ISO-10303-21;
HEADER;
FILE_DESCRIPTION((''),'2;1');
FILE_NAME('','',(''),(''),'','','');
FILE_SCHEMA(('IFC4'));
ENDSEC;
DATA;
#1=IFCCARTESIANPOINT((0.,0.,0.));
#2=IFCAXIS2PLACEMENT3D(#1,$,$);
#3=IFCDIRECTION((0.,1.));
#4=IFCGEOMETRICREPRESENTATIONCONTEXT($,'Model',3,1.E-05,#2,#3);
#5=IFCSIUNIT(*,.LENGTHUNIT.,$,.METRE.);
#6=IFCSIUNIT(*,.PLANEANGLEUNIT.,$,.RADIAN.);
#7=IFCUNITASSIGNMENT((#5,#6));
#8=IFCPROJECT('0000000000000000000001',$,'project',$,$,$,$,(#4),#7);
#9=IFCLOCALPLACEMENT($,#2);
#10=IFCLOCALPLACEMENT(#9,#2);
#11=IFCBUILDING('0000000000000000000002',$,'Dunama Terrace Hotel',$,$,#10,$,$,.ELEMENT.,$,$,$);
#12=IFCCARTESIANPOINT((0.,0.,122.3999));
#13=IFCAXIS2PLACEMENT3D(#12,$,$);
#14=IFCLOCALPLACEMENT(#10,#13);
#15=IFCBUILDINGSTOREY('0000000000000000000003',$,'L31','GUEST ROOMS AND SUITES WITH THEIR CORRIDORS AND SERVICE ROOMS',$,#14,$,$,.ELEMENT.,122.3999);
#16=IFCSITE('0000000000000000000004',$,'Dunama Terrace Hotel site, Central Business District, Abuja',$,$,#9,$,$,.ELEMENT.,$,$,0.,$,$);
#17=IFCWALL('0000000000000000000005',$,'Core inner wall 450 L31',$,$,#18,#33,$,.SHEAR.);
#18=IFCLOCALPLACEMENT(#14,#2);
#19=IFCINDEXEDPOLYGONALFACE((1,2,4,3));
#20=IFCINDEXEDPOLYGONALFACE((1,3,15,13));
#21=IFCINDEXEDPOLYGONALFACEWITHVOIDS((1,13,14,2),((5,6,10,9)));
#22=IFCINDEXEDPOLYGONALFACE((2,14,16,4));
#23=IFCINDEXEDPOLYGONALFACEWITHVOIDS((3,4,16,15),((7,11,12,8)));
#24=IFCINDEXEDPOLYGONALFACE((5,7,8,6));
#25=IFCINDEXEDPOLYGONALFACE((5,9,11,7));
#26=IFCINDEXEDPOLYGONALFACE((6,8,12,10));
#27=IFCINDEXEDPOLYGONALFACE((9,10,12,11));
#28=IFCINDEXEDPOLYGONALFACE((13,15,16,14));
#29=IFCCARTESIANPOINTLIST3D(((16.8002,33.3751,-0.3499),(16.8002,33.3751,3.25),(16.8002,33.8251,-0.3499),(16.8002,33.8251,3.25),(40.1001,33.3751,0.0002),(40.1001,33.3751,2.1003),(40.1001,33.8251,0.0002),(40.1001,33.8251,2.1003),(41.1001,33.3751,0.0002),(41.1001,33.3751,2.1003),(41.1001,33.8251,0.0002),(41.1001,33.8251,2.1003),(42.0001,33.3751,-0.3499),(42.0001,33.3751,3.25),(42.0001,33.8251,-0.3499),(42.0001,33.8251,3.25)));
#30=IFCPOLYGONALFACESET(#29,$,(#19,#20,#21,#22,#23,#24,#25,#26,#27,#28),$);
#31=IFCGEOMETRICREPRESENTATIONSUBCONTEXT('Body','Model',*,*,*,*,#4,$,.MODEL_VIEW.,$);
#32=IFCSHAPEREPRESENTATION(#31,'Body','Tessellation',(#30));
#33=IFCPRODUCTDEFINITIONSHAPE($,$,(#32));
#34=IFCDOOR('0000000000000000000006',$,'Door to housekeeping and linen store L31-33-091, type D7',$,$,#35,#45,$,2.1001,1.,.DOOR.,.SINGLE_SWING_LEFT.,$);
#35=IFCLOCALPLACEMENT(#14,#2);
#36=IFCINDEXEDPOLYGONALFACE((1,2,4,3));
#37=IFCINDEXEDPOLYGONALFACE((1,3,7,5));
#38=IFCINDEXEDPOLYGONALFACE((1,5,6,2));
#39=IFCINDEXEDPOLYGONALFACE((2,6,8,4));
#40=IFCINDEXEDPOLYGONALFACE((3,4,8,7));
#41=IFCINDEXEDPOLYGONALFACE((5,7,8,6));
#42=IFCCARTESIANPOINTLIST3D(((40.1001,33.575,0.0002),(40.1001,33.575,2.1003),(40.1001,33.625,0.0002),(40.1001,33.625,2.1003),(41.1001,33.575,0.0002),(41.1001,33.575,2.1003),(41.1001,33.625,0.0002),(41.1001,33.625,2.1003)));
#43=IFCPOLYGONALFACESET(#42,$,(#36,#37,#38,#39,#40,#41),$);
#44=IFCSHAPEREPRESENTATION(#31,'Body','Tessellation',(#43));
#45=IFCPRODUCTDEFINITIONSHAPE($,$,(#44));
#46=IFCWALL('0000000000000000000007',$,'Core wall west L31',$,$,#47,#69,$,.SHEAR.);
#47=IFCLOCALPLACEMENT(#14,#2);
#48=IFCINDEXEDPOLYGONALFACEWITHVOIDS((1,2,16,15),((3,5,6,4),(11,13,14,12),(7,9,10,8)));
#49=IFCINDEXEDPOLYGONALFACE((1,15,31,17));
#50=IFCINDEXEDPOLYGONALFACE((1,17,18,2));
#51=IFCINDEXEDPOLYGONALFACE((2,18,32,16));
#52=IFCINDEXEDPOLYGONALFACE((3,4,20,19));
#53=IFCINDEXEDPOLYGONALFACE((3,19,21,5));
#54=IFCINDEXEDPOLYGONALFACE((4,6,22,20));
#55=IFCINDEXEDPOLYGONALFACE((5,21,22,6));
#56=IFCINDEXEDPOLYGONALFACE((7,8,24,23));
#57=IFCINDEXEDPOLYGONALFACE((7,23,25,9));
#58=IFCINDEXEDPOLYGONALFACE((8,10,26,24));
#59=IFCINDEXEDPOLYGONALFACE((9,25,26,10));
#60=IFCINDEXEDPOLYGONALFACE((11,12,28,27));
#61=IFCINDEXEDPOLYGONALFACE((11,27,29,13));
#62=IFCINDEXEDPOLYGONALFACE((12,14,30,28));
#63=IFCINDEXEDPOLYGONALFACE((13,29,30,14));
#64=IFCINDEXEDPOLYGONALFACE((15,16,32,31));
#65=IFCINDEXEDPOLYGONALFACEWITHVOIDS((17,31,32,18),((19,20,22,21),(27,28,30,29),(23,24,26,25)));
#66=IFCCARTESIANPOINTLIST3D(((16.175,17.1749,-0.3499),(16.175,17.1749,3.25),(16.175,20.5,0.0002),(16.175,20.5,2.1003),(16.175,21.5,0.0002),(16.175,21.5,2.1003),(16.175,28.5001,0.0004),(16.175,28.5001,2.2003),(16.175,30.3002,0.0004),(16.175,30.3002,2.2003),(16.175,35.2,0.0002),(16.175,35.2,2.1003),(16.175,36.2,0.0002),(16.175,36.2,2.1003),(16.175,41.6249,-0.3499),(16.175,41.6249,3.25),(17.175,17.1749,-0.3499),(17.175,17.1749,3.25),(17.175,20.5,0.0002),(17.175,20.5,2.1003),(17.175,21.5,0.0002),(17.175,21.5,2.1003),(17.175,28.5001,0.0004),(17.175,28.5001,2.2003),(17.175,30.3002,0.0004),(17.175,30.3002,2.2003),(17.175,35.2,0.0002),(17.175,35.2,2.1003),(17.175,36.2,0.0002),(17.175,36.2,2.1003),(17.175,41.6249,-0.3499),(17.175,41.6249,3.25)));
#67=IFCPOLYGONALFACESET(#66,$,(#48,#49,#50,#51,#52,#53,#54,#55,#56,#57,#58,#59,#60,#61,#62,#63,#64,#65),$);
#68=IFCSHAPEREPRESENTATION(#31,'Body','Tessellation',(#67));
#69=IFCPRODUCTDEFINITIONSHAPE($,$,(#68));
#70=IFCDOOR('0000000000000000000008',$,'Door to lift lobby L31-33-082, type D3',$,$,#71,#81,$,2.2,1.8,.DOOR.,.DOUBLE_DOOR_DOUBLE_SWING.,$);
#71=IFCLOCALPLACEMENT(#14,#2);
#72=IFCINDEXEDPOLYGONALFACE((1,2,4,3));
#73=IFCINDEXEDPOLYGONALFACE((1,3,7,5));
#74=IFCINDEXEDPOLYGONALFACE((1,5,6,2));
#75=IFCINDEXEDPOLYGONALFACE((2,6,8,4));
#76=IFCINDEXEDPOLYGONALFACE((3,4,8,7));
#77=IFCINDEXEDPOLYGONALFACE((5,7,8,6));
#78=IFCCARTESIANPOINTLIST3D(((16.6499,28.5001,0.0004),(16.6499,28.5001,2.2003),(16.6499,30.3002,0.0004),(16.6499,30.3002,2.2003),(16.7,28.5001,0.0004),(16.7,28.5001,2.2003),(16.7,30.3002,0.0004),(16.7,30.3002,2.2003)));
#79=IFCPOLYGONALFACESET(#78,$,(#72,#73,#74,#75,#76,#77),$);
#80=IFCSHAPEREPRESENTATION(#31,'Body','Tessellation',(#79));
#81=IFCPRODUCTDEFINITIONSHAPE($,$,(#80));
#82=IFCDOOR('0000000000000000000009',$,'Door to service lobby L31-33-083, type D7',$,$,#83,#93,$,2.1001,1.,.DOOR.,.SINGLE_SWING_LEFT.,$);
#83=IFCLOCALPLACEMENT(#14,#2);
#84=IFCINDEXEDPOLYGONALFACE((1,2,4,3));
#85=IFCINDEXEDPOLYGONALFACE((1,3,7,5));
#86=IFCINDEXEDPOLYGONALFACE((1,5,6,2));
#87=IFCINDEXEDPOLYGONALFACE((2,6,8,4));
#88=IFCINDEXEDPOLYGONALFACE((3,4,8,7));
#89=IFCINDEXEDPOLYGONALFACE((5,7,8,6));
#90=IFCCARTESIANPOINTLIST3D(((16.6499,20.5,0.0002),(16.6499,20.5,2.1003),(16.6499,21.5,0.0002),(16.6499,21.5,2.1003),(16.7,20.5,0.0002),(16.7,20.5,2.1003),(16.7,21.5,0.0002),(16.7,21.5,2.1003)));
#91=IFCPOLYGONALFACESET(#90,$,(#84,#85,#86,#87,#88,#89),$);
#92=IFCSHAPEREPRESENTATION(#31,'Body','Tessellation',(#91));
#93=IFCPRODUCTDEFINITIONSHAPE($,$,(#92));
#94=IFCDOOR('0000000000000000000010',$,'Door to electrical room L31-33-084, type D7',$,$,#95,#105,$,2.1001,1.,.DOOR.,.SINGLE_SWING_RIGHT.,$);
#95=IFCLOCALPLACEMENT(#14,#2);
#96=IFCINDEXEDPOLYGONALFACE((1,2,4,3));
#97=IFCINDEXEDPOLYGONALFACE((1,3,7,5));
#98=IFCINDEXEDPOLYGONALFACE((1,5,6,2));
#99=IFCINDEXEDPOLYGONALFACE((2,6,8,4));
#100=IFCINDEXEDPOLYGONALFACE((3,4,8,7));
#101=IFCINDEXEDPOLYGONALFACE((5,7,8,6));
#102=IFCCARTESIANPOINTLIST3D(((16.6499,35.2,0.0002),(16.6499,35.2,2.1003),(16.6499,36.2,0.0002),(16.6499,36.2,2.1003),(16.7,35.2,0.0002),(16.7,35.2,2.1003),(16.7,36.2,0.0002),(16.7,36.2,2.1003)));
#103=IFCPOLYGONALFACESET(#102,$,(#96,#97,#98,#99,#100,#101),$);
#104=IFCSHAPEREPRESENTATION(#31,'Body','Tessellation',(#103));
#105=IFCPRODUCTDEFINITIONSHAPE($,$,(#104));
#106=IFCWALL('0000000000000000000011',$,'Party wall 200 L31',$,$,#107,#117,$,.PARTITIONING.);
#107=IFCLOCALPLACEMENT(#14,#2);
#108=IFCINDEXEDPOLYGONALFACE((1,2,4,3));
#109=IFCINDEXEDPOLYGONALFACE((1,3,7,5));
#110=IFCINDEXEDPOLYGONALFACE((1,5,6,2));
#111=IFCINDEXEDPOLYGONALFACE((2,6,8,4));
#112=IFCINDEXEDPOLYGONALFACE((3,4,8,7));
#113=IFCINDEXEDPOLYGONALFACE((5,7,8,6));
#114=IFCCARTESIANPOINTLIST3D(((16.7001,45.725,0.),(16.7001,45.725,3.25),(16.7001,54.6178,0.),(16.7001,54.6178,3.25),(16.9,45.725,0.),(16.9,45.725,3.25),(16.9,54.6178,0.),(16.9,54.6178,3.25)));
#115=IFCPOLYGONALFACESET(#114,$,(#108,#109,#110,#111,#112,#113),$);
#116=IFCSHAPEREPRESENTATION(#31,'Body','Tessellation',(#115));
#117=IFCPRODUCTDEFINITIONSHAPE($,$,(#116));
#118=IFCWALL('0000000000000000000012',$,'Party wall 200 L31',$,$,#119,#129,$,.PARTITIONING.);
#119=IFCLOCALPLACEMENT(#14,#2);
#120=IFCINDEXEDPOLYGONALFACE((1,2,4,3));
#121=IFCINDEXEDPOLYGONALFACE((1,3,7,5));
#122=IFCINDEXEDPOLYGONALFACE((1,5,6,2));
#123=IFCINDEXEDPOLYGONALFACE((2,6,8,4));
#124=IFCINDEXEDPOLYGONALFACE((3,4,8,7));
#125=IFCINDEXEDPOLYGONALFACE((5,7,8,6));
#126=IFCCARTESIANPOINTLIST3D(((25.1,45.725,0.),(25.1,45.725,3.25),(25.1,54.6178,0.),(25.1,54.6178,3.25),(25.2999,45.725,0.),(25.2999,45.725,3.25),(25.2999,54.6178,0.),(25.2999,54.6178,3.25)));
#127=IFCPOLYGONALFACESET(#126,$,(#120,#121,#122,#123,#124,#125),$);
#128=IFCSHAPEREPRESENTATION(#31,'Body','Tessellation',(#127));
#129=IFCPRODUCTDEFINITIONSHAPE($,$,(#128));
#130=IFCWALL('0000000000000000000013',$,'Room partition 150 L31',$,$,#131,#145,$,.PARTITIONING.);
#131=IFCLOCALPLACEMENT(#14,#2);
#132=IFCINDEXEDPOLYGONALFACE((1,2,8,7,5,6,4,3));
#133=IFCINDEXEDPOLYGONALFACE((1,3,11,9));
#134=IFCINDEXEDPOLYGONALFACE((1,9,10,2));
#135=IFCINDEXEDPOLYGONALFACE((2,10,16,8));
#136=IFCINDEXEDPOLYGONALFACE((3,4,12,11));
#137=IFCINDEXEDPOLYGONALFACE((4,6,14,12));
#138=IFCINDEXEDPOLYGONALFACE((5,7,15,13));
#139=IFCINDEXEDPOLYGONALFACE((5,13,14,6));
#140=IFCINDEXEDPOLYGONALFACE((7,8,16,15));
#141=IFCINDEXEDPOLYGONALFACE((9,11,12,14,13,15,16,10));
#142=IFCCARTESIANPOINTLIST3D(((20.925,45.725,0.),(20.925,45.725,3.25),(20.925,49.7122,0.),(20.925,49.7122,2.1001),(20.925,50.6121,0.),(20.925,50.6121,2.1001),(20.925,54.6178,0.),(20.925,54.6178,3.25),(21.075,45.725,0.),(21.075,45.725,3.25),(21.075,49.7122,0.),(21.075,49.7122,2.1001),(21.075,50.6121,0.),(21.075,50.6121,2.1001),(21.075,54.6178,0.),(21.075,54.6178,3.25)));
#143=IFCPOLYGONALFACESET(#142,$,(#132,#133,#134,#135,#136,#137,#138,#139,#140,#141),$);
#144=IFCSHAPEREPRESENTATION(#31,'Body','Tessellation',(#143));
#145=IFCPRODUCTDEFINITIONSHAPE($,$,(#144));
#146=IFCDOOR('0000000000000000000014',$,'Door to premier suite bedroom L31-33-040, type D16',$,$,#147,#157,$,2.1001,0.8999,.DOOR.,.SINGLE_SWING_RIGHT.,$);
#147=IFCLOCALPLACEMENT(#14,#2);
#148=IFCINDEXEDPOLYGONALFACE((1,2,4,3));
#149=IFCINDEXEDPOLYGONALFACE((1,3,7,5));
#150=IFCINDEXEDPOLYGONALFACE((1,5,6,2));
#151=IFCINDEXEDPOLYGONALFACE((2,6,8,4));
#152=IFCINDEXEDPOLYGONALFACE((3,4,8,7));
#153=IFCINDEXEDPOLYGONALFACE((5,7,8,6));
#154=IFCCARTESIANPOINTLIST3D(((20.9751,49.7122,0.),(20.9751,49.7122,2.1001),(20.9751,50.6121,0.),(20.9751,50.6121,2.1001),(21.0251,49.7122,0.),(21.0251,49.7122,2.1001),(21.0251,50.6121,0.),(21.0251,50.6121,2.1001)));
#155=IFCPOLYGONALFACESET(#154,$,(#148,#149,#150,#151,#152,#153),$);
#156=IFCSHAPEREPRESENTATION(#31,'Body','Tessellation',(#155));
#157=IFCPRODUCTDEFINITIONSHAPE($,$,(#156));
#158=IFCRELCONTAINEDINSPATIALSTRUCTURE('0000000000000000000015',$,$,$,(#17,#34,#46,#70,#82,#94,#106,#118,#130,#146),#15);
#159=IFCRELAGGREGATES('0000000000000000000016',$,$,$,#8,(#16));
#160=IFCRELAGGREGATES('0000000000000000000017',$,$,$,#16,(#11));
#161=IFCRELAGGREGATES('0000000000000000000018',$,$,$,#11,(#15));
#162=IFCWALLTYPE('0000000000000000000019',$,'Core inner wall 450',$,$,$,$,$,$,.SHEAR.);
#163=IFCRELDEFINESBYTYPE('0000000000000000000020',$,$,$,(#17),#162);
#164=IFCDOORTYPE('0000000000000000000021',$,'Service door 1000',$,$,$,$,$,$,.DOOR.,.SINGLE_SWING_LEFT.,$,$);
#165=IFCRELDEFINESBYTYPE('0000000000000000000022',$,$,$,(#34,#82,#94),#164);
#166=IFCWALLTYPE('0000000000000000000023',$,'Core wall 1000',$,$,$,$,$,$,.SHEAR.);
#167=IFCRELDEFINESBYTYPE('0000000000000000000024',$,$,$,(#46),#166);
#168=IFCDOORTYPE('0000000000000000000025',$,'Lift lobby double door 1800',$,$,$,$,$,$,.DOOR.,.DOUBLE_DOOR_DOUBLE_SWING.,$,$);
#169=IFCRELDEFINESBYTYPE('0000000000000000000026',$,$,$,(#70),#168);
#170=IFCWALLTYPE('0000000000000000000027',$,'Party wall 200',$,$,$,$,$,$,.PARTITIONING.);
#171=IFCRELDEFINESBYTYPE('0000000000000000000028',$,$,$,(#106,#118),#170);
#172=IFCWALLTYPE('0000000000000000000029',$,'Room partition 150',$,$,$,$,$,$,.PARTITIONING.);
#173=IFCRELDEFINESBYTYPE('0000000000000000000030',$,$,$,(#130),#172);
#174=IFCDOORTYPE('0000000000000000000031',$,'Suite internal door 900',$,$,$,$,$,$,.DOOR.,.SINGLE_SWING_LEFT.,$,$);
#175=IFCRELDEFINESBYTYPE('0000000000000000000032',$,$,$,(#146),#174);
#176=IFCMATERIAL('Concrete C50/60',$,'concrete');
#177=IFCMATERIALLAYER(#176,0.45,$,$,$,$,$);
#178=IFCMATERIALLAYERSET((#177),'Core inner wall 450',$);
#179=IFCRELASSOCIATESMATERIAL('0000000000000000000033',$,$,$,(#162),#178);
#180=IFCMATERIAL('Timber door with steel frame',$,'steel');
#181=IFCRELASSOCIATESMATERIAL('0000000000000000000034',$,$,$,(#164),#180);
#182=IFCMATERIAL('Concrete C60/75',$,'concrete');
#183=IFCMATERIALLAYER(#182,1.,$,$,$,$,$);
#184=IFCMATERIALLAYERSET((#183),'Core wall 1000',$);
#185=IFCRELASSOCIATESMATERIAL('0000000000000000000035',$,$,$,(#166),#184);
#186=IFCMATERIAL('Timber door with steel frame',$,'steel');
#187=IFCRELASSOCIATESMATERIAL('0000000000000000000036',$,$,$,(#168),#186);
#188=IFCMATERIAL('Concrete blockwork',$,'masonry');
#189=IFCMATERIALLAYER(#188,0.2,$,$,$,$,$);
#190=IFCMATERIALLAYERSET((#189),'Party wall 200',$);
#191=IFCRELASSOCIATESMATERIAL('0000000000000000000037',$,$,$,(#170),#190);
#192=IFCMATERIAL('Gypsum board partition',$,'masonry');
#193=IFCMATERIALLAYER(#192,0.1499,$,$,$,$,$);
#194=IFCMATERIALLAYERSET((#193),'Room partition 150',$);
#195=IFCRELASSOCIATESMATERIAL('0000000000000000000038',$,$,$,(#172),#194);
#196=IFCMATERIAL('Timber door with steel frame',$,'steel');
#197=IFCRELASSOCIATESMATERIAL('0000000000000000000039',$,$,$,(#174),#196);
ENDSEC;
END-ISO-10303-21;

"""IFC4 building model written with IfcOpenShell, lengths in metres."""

from ifc_helpers import new_model, si_unit, direction, frame, frame_2d, origin, place, context, subcontext, project, spatial, rectangle, extrude, material, layer, layer_set, type_object, element, fill, save


model = new_model("IFC4")

# Units and contexts
model_context = context("Model", 3, precision=1e-05, world=origin(), true_north=direction((0.0, 1.0)))
body_context = subcontext(model_context, "Body", "Model", "MODEL_VIEW")
ifc_project = project(units=[si_unit("LENGTHUNIT", "METRE"), si_unit("PLANEANGLEUNIT", "RADIAN")], contexts=[model_context])

# Site, building, storey
site_placement = place(None, origin())
site = spatial("IfcSite", under=ifc_project, at=site_placement, Name="Dunama Terrace Hotel site, Central Business District, Abuja", CompositionType="ELEMENT", RefElevation=0.0)
building_placement = place(site_placement, origin())
building = spatial("IfcBuilding", under=site, at=building_placement, Name="Dunama Terrace Hotel", CompositionType="ELEMENT")
storey_placement = place(building_placement, frame((0.0, 0.0, 122.3999)))
storey = spatial("IfcBuildingStorey", under=building, at=storey_placement, Name="L31", Description="GUEST ROOMS AND SUITES WITH THEIR CORRIDORS AND SERVICE ROOMS", CompositionType="ELEMENT", Elevation=122.3999)

# Shared definitions
ifc_material_1 = material(Name="Concrete C50/60", Category="concrete")
ifc_layer_1 = layer(ifc_material_1, 0.45)
ifc_layer_set_1 = layer_set([ifc_layer_1], Name="Core inner wall 450")
wall_type_1 = type_object("IfcWallType", Name="Core inner wall 450", PredefinedType="SHEAR", material=ifc_layer_set_1)

# Wall, opening, door
wall_1_placement = place(storey_placement, frame((16.8, 33.6001, -0.3499), z_axis=(0.0, 0.0, 1.0), x_axis=(1.0, 0.0, 0.0)))
wall_1 = element("IfcWall", 1, at=wall_1_placement, inside=storey, type_object=wall_type_1, Name="Core inner wall 450 L31", PredefinedType="SHEAR", context=body_context, shape_type="SweptSolid", body=[
    extrude(rectangle(XDim=25.2, YDim=0.45, at=frame_2d((12.6001, 0.0))), origin(), (0.0, 0.0, 1.0), 3.5999),
])
opening_1_placement = place(wall_1_placement, frame((23.3, 0.0, 0.3501)))
opening_1 = element("IfcOpeningElement", 2, at=opening_1_placement, cuts=wall_1, PredefinedType="OPENING", context=body_context, shape_type="SweptSolid", body=[
    extrude(rectangle(XDim=1.0, YDim=2.1001, at=frame_2d((0.5, 1.05))), frame((0.0, 0.2349, 0.0), z_axis=(0.0, -1.0, 0.0), x_axis=(1.0, 0.0, 0.0)), (0.0, 0.0, 1.0), 0.47),
])
ifc_material_2 = material(Name="Timber door with steel frame", Category="steel")
door_type_1 = type_object("IfcDoorType", Name="Service door 1000", OperationType="SINGLE_SWING_LEFT", PredefinedType="DOOR", material=ifc_material_2)
door_1_placement = place(opening_1_placement, frame((1.0, 0.0, 0.0), z_axis=(0.0, 0.0, 1.0), x_axis=(-1.0, 0.0, 0.0)))
door_1 = element("IfcDoor", 3, at=door_1_placement, inside=storey, type_object=door_type_1, Name="Door to housekeeping and linen store L31-33-091, type D7", OperationType="SINGLE_SWING_LEFT", OverallHeight=2.1001, OverallWidth=1.0, PredefinedType="DOOR", context=body_context, shape_type="SweptSolid", body=[
    extrude(rectangle(XDim=1.0, YDim=2.1001, at=frame_2d((0.5, 1.05))), frame((0.0, 0.0251, 0.0), z_axis=(0.0, -1.0, 0.0), x_axis=(1.0, 0.0, 0.0)), (0.0, 0.0, 1.0), 0.05),
])
fill(opening_1, door_1)

# Wall, openings, doors
ifc_material_3 = material(Name="Concrete C60/75", Category="concrete")
ifc_layer_2 = layer(ifc_material_3, 1.0)
ifc_layer_set_2 = layer_set([ifc_layer_2], Name="Core wall 1000")
wall_type_2 = type_object("IfcWallType", Name="Core wall 1000", PredefinedType="SHEAR", material=ifc_layer_set_2)
wall_2_placement = place(storey_placement, frame((16.675, 41.625, -0.3499), z_axis=(0.0, 0.0, 1.0), x_axis=(0.0, -1.0, 0.0)))
wall_2 = element("IfcWall", 4, at=wall_2_placement, inside=storey, type_object=wall_type_2, Name="Core wall west L31", PredefinedType="SHEAR", context=body_context, shape_type="SweptSolid", body=[
    extrude(rectangle(XDim=24.45, YDim=1.0, at=frame_2d((12.2251, 0.0))), origin(), (0.0, 0.0, 1.0), 3.5999),
])
opening_2_placement = place(wall_2_placement, frame((11.325, 0.0, 0.3501)))
opening_2 = element("IfcOpeningElement", 5, at=opening_2_placement, cuts=wall_2, PredefinedType="OPENING", context=body_context, shape_type="SweptSolid", body=[
    extrude(rectangle(XDim=1.8, YDim=2.2, at=frame_2d((0.8999, 1.1001))), frame((0.0, 0.51, 0.0), z_axis=(0.0, -1.0, 0.0), x_axis=(1.0, 0.0, 0.0)), (0.0, 0.0, 1.0), 1.02),
])
opening_3_placement = place(wall_2_placement, frame((20.125, 0.0, 0.3501)))
opening_3 = element("IfcOpeningElement", 6, at=opening_3_placement, cuts=wall_2, PredefinedType="OPENING", context=body_context, shape_type="SweptSolid", body=[
    extrude(rectangle(XDim=1.0, YDim=2.1001, at=frame_2d((0.5, 1.05))), frame((0.0, 0.51, 0.0), z_axis=(0.0, -1.0, 0.0), x_axis=(1.0, 0.0, 0.0)), (0.0, 0.0, 1.0), 1.02),
])
opening_4_placement = place(wall_2_placement, frame((5.425, 0.0, 0.3501)))
opening_4 = element("IfcOpeningElement", 7, at=opening_4_placement, cuts=wall_2, PredefinedType="OPENING", context=body_context, shape_type="SweptSolid", body=[
    extrude(rectangle(XDim=1.0, YDim=2.1001, at=frame_2d((0.5, 1.05))), frame((0.0, 0.51, 0.0), z_axis=(0.0, -1.0, 0.0), x_axis=(1.0, 0.0, 0.0)), (0.0, 0.0, 1.0), 1.02),
])
ifc_material_4 = material(Name="Timber door with steel frame", Category="steel")
door_type_2 = type_object("IfcDoorType", Name="Lift lobby double door 1800", OperationType="DOUBLE_DOOR_DOUBLE_SWING", PredefinedType="DOOR", material=ifc_material_4)
door_2_placement = place(opening_2_placement, origin())
door_2 = element("IfcDoor", 8, at=door_2_placement, inside=storey, type_object=door_type_2, Name="Door to lift lobby L31-33-082, type D3", OperationType="DOUBLE_DOOR_DOUBLE_SWING", OverallHeight=2.2, OverallWidth=1.8, PredefinedType="DOOR", context=body_context, shape_type="SweptSolid", body=[
    extrude(rectangle(XDim=1.8, YDim=2.2, at=frame_2d((0.8999, 1.1001))), frame((0.0, 0.0249, 0.0), z_axis=(0.0, -1.0, 0.0), x_axis=(1.0, 0.0, 0.0)), (0.0, 0.0, 1.0), 0.05),
])
fill(opening_2, door_2)
door_3_placement = place(opening_3_placement, origin())
door_3 = element("IfcDoor", 9, at=door_3_placement, inside=storey, type_object=door_type_1, Name="Door to service lobby L31-33-083, type D7", OperationType="SINGLE_SWING_LEFT", OverallHeight=2.1001, OverallWidth=1.0, PredefinedType="DOOR", context=body_context, shape_type="SweptSolid", body=[
    extrude(rectangle(XDim=1.0, YDim=2.1001, at=frame_2d((0.5, 1.05))), frame((0.0, 0.0249, 0.0), z_axis=(0.0, -1.0, 0.0), x_axis=(1.0, 0.0, 0.0)), (0.0, 0.0, 1.0), 0.05),
])
fill(opening_3, door_3)
door_4_placement = place(opening_4_placement, origin())
door_4 = element("IfcDoor", 10, at=door_4_placement, inside=storey, type_object=door_type_1, Name="Door to electrical room L31-33-084, type D7", OperationType="SINGLE_SWING_RIGHT", OverallHeight=2.1001, OverallWidth=1.0, PredefinedType="DOOR", context=body_context, shape_type="SweptSolid", body=[
    extrude(rectangle(XDim=1.0, YDim=2.1001, at=frame_2d((0.5, 1.05))), frame((0.0, 0.0249, 0.0), z_axis=(0.0, -1.0, 0.0), x_axis=(1.0, 0.0, 0.0)), (0.0, 0.0, 1.0), 0.05),
])
fill(opening_4, door_4)

# Walls
ifc_material_5 = material(Name="Concrete blockwork", Category="masonry")
ifc_layer_3 = layer(ifc_material_5, 0.2)
ifc_layer_set_3 = layer_set([ifc_layer_3], Name="Party wall 200")
wall_type_3 = type_object("IfcWallType", Name="Party wall 200", PredefinedType="PARTITIONING", material=ifc_layer_set_3)
for number, where, z_axis, x_axis, name in (
    (11, (16.8, 45.7251, 0.0), (0.0, 0.0, 1.0), (0.0, 1.0, 0.0), "Party wall 200 L31"),
    (12, (25.2, 45.7251, 0.0), (0.0, 0.0, 1.0), (0.0, 1.0, 0.0), "Party wall 200 L31"),
):
    element("IfcWall", number, at=place(storey_placement, frame(where, z_axis=z_axis, x_axis=x_axis)), inside=storey, type_object=wall_type_3, Name=name, PredefinedType="PARTITIONING", context=body_context, shape_type="SweptSolid", body=[
        extrude(rectangle(XDim=8.8928, YDim=0.2, at=frame_2d((4.4463, 0.0))), origin(), (0.0, 0.0, 1.0), 3.25),
    ])

# Wall, opening, door
ifc_material_6 = material(Name="Gypsum board partition", Category="masonry")
ifc_layer_4 = layer(ifc_material_6, 0.1499)
ifc_layer_set_4 = layer_set([ifc_layer_4], Name="Room partition 150")
wall_type_4 = type_object("IfcWallType", Name="Room partition 150", PredefinedType="PARTITIONING", material=ifc_layer_set_4)
wall_3_placement = place(storey_placement, frame((21.0, 45.7251, 0.0), z_axis=(0.0, 0.0, 1.0), x_axis=(0.0, 1.0, 0.0)))
wall_3 = element("IfcWall", 13, at=wall_3_placement, inside=storey, type_object=wall_type_4, Name="Room partition 150 L31", PredefinedType="PARTITIONING", context=body_context, shape_type="SweptSolid", body=[
    extrude(rectangle(XDim=8.8928, YDim=0.1499, at=frame_2d((4.4463, 0.0))), origin(), (0.0, 0.0, 1.0), 3.25),
])
opening_5_placement = place(wall_3_placement, frame((3.9871, 0.0, 0.0)))
opening_5 = element("IfcOpeningElement", 14, at=opening_5_placement, cuts=wall_3, PredefinedType="OPENING", context=body_context, shape_type="SweptSolid", body=[
    extrude(rectangle(XDim=0.8999, YDim=2.1001, at=frame_2d((0.45, 1.05))), frame((0.0, 0.085, 0.0), z_axis=(0.0, -1.0, 0.0), x_axis=(1.0, 0.0, 0.0)), (0.0, 0.0, 1.0), 0.1699),
])
ifc_material_7 = material(Name="Timber door with steel frame", Category="steel")
door_type_3 = type_object("IfcDoorType", Name="Suite internal door 900", OperationType="SINGLE_SWING_LEFT", PredefinedType="DOOR", material=ifc_material_7)
door_5_placement = place(opening_5_placement, frame((0.8999, 0.0, 0.0), z_axis=(0.0, 0.0, 1.0), x_axis=(-1.0, 0.0, 0.0)))
door_5 = element("IfcDoor", 15, at=door_5_placement, inside=storey, type_object=door_type_3, Name="Door to premier suite bedroom L31-33-040, type D16", OperationType="SINGLE_SWING_RIGHT", OverallHeight=2.1001, OverallWidth=0.8999, PredefinedType="DOOR", context=body_context, shape_type="SweptSolid", body=[
    extrude(rectangle(XDim=0.8999, YDim=2.1001, at=frame_2d((0.45, 1.05))), frame((0.0, 0.0251, 0.0), z_axis=(0.0, -1.0, 0.0), x_axis=(1.0, 0.0, 0.0)), (0.0, 0.0, 1.0), 0.05),
])
fill(opening_5, door_5)

save(model, "model.ifc")
